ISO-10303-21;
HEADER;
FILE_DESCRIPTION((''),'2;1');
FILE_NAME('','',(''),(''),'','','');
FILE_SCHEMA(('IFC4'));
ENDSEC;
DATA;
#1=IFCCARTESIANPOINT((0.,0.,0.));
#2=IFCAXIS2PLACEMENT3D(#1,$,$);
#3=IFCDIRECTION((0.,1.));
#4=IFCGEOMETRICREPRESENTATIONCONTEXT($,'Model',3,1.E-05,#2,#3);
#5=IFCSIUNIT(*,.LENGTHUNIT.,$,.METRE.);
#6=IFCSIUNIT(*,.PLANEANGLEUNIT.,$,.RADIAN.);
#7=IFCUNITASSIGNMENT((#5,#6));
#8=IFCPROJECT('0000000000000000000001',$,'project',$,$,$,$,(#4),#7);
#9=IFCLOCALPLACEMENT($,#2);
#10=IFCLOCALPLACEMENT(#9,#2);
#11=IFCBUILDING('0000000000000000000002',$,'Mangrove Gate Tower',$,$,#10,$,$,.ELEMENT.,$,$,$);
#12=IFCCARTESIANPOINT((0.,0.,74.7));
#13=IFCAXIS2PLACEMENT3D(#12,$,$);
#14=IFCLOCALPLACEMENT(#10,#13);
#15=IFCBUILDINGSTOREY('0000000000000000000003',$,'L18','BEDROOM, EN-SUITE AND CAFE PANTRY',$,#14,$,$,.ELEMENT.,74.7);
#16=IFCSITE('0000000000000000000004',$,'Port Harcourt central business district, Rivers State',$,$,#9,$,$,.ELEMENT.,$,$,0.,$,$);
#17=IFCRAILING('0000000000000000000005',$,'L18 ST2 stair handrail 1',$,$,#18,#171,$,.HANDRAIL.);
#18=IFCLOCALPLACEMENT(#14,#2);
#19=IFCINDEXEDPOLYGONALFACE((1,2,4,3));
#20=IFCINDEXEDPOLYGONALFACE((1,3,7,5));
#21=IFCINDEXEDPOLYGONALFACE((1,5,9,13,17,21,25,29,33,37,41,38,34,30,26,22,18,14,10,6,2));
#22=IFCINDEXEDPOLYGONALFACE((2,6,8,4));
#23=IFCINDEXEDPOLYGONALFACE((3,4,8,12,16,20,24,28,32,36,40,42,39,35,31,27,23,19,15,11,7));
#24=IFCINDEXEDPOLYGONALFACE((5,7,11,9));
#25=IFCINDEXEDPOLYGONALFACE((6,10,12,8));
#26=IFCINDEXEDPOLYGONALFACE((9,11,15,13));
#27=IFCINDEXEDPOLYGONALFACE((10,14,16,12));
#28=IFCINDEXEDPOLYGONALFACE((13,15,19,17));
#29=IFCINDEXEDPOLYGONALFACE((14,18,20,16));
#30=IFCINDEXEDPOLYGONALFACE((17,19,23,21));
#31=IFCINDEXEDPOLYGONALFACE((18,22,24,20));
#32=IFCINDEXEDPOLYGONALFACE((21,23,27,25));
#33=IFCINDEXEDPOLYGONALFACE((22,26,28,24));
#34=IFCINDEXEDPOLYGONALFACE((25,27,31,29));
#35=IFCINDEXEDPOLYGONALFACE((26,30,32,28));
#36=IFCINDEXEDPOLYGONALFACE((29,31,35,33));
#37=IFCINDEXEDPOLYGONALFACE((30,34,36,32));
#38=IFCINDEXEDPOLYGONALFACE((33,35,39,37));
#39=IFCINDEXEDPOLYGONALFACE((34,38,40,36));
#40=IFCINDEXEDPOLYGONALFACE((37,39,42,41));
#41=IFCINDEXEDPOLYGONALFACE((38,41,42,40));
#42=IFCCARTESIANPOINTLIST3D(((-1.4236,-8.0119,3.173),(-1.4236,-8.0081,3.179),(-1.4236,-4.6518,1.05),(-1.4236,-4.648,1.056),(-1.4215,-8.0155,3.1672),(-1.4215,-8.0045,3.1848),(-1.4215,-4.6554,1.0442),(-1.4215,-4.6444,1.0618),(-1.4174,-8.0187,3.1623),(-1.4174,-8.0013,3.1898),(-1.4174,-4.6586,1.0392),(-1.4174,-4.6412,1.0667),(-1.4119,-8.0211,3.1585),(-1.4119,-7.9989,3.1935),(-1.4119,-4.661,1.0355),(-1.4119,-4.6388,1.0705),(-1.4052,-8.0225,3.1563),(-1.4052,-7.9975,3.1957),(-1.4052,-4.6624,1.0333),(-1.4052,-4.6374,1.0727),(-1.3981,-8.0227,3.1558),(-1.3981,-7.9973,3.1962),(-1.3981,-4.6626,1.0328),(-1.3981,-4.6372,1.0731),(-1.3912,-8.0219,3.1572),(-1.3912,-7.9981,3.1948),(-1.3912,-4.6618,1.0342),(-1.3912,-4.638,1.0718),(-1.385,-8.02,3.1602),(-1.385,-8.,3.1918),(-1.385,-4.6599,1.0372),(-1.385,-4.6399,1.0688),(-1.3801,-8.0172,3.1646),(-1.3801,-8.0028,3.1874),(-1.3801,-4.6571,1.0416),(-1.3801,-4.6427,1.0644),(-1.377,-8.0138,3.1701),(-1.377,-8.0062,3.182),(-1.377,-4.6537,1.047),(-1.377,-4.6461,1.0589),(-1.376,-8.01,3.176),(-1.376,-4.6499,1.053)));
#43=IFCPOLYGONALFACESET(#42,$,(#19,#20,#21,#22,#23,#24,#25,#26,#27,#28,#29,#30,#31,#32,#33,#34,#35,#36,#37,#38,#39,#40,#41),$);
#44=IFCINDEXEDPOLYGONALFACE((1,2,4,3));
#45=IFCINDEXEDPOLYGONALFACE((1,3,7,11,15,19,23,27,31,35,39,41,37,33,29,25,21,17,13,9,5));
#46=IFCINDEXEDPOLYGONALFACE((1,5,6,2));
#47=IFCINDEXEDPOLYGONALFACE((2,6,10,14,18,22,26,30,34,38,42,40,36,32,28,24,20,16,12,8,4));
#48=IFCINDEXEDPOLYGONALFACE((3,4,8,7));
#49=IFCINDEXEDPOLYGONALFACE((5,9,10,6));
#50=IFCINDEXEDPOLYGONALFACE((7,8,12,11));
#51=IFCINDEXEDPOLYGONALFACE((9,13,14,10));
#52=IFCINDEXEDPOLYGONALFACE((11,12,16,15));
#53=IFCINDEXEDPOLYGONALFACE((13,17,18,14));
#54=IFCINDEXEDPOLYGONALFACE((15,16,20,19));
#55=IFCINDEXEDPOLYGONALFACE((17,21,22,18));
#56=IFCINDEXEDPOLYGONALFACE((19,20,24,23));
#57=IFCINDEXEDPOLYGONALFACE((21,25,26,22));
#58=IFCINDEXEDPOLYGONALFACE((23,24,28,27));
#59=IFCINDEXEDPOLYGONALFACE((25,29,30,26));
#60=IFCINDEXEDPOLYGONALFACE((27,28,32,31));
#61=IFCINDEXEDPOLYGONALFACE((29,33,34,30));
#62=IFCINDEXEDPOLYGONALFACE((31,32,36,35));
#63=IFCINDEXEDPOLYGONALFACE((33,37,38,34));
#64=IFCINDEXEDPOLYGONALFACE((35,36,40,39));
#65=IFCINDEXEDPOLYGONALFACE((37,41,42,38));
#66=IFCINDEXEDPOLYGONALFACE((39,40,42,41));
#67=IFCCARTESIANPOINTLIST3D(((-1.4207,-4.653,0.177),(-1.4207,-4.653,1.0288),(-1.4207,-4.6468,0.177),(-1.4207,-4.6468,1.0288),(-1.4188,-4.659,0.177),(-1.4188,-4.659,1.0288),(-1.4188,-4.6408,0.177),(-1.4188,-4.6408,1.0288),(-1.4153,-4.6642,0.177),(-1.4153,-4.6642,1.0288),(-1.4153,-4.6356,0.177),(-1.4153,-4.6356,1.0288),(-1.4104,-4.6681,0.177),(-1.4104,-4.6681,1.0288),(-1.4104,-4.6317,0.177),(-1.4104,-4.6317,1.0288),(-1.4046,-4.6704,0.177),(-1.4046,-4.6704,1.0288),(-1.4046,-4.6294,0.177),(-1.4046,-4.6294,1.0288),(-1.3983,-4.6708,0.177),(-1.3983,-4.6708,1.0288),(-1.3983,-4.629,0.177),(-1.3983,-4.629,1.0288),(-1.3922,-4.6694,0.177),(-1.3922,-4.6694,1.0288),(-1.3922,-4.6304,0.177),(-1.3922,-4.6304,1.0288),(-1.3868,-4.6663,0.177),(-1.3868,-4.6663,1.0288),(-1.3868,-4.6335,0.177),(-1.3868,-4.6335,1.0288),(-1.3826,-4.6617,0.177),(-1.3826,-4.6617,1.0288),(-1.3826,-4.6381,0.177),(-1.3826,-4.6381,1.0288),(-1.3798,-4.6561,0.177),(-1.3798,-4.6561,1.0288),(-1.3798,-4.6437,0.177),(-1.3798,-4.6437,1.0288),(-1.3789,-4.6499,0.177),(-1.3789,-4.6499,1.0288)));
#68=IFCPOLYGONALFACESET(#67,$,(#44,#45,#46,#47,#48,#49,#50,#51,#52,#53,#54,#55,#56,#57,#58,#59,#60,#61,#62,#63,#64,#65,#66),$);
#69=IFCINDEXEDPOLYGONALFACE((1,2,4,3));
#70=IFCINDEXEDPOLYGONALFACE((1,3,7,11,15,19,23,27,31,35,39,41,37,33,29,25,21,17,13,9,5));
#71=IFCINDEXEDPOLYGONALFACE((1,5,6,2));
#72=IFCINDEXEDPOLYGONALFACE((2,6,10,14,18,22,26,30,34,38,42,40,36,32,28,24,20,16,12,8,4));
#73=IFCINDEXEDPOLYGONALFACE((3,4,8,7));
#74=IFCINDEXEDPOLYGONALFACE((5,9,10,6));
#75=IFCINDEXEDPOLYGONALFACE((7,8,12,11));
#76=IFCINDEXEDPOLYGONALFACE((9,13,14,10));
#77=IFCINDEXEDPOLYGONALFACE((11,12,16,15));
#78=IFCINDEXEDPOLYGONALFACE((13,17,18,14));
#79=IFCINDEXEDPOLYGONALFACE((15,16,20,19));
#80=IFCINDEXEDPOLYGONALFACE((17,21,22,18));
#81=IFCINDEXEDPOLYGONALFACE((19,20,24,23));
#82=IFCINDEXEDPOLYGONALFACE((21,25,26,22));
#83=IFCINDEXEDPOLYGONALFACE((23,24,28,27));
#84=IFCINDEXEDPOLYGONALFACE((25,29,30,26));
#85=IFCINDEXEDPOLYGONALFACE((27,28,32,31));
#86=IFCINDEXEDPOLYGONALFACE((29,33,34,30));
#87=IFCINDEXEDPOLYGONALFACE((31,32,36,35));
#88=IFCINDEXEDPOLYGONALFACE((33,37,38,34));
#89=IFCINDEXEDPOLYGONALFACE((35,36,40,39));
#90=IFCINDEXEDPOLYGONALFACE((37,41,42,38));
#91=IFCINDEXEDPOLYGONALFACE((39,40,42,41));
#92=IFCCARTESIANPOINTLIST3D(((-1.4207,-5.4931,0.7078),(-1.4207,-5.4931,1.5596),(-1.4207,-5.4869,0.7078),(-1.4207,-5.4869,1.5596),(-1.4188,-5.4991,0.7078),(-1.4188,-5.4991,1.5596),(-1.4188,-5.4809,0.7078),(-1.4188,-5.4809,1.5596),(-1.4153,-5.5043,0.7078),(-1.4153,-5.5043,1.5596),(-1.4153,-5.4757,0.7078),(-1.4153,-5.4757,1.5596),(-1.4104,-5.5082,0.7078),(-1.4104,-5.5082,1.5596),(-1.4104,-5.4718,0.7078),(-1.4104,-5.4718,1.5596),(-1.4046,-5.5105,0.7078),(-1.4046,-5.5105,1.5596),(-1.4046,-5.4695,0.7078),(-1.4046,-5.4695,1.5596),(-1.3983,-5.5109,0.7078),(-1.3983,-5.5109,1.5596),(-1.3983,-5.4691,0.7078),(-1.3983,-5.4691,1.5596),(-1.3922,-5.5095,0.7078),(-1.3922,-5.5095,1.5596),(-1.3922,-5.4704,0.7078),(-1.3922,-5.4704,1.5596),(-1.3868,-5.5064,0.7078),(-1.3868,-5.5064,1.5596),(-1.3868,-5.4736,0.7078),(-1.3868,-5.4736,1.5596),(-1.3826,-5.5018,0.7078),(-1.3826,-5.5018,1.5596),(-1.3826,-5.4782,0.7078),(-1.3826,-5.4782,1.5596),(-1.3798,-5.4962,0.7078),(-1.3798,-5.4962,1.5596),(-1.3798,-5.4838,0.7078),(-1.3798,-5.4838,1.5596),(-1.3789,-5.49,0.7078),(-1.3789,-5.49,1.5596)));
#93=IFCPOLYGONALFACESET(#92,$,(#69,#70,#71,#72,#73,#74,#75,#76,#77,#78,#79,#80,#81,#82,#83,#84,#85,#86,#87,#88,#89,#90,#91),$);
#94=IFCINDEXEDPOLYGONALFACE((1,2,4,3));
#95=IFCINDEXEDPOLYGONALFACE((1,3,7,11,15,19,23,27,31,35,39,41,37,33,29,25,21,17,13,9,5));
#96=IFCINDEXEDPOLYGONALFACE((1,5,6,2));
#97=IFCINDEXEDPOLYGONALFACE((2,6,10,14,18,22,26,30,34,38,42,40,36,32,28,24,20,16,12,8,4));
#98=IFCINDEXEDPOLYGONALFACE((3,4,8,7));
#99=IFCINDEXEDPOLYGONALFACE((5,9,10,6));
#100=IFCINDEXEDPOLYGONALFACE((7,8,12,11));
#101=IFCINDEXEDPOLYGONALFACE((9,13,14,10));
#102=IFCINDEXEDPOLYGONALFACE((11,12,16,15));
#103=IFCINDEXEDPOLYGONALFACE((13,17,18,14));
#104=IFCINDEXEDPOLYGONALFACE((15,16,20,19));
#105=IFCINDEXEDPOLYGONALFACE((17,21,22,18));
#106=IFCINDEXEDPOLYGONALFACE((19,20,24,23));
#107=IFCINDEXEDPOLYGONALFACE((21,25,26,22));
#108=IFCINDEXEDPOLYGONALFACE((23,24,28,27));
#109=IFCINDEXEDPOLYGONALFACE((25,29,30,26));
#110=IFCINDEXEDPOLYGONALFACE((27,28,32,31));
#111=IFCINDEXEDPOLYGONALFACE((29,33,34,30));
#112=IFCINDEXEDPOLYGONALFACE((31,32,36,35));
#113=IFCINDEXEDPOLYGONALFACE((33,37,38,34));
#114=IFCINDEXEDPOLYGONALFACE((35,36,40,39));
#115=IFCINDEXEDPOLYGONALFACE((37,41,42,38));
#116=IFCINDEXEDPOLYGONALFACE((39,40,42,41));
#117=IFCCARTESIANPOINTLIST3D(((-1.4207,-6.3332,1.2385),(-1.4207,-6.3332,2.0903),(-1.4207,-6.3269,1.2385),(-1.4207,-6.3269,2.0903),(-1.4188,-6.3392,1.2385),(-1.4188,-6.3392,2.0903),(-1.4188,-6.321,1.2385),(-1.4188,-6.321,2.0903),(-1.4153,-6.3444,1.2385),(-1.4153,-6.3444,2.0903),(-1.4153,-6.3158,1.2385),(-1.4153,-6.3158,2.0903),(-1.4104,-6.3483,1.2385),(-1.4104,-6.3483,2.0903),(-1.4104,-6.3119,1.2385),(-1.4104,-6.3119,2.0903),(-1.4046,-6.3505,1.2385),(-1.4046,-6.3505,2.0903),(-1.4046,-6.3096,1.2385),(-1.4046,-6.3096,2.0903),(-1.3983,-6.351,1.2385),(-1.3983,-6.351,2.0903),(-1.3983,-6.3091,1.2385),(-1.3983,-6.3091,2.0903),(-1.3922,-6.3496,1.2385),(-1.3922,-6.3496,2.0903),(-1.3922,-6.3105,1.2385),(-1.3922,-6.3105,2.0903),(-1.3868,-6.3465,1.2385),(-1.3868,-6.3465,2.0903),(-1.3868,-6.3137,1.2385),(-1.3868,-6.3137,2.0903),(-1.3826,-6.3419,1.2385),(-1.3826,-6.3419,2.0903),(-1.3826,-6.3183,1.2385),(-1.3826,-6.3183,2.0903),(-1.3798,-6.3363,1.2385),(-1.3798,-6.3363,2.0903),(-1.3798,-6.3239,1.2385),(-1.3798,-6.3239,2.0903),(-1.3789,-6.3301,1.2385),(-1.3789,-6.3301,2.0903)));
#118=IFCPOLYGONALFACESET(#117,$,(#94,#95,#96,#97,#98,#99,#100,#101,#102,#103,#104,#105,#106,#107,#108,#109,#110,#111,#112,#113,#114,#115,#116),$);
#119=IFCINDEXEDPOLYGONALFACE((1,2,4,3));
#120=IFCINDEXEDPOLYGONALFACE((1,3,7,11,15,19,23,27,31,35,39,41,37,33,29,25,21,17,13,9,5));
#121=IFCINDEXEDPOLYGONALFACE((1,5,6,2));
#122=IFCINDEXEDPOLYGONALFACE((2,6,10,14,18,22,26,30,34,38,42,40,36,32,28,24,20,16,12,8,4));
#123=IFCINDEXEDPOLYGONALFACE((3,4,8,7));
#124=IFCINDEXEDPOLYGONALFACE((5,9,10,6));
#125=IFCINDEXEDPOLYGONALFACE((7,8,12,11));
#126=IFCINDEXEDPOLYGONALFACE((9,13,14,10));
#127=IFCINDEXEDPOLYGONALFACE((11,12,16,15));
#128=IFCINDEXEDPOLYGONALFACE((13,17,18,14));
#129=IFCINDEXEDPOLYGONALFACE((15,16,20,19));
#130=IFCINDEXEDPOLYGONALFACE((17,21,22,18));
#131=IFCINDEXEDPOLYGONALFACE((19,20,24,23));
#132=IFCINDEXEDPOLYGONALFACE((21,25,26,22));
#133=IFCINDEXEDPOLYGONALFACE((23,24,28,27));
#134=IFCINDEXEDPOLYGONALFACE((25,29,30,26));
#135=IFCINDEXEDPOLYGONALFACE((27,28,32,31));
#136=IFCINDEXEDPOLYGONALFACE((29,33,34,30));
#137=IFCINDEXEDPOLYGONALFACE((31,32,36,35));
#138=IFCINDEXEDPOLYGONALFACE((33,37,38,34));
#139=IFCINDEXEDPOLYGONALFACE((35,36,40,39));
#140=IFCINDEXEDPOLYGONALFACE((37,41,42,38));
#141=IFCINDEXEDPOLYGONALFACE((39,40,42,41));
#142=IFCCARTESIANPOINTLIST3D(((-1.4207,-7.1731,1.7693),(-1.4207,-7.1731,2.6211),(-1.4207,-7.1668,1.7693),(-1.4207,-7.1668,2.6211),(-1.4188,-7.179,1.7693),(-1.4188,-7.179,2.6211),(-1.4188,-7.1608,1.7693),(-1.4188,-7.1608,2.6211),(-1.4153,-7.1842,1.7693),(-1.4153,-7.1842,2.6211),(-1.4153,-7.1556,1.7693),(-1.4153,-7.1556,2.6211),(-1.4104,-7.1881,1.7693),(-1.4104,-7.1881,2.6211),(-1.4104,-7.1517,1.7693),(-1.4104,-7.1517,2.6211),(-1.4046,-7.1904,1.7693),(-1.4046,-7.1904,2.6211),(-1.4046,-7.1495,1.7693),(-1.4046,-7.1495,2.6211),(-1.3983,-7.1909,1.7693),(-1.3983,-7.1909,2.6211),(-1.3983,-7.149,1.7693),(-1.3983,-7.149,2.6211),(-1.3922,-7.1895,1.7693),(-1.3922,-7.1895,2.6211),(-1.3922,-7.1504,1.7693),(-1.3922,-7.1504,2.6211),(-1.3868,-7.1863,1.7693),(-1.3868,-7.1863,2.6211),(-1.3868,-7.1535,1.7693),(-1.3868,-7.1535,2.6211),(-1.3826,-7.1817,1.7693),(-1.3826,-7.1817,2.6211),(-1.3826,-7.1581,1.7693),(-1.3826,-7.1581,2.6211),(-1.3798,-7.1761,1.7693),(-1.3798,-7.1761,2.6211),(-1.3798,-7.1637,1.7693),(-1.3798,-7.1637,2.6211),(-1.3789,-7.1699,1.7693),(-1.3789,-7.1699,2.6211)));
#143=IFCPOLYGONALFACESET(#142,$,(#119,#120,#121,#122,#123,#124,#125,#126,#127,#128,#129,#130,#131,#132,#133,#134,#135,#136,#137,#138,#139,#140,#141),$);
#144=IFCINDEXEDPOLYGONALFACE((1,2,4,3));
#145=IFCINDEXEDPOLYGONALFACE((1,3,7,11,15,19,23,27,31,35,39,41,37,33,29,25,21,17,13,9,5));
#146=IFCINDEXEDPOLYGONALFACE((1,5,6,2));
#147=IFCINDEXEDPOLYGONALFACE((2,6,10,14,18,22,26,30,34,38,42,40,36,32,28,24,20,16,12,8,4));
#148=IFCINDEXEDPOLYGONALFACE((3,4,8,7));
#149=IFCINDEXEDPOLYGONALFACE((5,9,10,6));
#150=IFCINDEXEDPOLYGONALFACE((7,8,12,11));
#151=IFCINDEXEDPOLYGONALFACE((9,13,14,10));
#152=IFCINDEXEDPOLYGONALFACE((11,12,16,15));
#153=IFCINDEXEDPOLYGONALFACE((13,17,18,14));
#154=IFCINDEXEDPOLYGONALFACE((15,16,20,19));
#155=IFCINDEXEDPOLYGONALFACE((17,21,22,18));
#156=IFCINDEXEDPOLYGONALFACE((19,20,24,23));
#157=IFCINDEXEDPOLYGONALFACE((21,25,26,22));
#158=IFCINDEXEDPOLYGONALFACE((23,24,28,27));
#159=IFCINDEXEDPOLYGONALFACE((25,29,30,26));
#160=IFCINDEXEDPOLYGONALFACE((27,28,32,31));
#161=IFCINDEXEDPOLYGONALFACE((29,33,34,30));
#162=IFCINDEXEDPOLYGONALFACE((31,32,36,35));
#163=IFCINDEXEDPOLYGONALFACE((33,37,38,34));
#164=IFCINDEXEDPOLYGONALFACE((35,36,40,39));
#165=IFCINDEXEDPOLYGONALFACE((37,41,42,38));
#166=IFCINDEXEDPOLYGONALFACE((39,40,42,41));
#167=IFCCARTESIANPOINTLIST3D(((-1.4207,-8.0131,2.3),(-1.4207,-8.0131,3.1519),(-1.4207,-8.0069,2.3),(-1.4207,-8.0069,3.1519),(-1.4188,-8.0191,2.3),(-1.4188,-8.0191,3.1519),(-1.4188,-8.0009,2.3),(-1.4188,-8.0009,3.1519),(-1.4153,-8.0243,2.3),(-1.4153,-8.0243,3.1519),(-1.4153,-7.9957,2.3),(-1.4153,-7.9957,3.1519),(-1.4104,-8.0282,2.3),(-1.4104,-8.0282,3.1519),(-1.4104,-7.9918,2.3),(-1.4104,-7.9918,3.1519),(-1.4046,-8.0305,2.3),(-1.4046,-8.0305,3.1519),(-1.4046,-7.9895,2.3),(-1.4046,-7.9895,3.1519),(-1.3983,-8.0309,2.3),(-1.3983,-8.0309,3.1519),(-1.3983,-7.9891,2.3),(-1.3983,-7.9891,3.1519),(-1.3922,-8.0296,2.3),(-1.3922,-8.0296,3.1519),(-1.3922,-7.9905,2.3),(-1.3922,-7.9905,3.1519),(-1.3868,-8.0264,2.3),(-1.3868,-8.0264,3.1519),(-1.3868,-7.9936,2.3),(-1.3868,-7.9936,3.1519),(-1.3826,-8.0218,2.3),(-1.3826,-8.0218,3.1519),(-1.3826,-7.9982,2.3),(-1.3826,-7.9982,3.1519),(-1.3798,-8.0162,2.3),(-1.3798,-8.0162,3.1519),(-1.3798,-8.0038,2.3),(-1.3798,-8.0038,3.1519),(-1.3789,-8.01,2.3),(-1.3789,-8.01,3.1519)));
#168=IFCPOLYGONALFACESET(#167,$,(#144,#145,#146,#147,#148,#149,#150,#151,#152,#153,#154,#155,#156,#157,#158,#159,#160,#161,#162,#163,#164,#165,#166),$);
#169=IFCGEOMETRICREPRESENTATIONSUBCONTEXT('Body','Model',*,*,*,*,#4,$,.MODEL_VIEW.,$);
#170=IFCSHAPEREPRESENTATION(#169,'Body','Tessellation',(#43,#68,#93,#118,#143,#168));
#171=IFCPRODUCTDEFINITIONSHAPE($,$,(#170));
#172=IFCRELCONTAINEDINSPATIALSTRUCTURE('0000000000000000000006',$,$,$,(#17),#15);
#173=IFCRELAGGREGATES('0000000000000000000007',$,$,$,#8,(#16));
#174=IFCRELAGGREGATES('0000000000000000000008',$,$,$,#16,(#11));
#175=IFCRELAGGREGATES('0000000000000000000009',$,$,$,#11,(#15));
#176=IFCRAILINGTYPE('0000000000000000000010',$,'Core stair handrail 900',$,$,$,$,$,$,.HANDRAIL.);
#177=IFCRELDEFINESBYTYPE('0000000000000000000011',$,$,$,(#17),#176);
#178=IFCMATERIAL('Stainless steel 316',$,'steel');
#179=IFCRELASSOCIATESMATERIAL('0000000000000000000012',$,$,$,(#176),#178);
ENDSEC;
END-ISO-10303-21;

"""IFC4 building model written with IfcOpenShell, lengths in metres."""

from ifc_helpers import new_model, si_unit, direction, frame, origin, origin_2d, place, context, subcontext, project, spatial, circle, extrude, material, type_object, element, save


model = new_model("IFC4")

# Units and contexts
model_context = context("Model", 3, precision=1e-05, world=origin(), true_north=direction((0.0, 1.0)))
body_context = subcontext(model_context, "Body", "Model", "MODEL_VIEW")
ifc_project = project(units=[si_unit("LENGTHUNIT", "METRE"), si_unit("PLANEANGLEUNIT", "RADIAN")], contexts=[model_context])

# Site, building, storey
site_placement = place(None, origin())
site = spatial("IfcSite", under=ifc_project, at=site_placement, Name="Port Harcourt central business district, Rivers State", CompositionType="ELEMENT", RefElevation=0.0)
building_placement = place(site_placement, origin())
building = spatial("IfcBuilding", under=site, at=building_placement, Name="Mangrove Gate Tower", CompositionType="ELEMENT")
storey_placement = place(building_placement, frame((0.0, 0.0, 74.7)))
storey = spatial("IfcBuildingStorey", under=building, at=storey_placement, Name="L18", Description="BEDROOM, EN-SUITE AND CAFE PANTRY", CompositionType="ELEMENT", Elevation=74.7)

# Railing
ifc_material_1 = material(Name="Stainless steel 316", Category="steel")
railing_type_1 = type_object("IfcRailingType", Name="Core stair handrail 900", PredefinedType="HANDRAIL", material=ifc_material_1)
railing_1_placement = place(storey_placement, frame((-1.3999, -4.6499, 0.177)))
element("IfcRailing", 1, at=railing_1_placement, inside=storey, type_object=railing_type_1, Name="L18 ST2 stair handrail 1", PredefinedType="HANDRAIL", context=body_context, shape_type="SweptSolid", body=[
    extrude(circle(Radius=0.0239, at=origin_2d()), frame((0.0, 0.0, 0.876), z_axis=(0.0, -0.84539, 0.53415), x_axis=(1.0, 0.0, 0.0)), (0.0, 0.0, 1.0), 3.9746),
    extrude(circle(Radius=0.021, at=origin_2d()), origin(), (0.0, 0.0, 1.0), 0.8518),
    extrude(circle(Radius=0.021, at=origin_2d()), frame((0.0, -0.8401, 0.5308)), (0.0, 0.0, 1.0), 0.8518),
    extrude(circle(Radius=0.021, at=origin_2d()), frame((0.0, -1.6802, 1.0615)), (0.0, 0.0, 1.0), 0.8518),
    extrude(circle(Radius=0.021, at=origin_2d()), frame((0.0, -2.52, 1.5923)), (0.0, 0.0, 1.0), 0.8518),
    extrude(circle(Radius=0.021, at=origin_2d()), frame((0.0, -3.3601, 2.123)), (0.0, 0.0, 1.0), 0.8518),
])

save(model, "model.ifc")
